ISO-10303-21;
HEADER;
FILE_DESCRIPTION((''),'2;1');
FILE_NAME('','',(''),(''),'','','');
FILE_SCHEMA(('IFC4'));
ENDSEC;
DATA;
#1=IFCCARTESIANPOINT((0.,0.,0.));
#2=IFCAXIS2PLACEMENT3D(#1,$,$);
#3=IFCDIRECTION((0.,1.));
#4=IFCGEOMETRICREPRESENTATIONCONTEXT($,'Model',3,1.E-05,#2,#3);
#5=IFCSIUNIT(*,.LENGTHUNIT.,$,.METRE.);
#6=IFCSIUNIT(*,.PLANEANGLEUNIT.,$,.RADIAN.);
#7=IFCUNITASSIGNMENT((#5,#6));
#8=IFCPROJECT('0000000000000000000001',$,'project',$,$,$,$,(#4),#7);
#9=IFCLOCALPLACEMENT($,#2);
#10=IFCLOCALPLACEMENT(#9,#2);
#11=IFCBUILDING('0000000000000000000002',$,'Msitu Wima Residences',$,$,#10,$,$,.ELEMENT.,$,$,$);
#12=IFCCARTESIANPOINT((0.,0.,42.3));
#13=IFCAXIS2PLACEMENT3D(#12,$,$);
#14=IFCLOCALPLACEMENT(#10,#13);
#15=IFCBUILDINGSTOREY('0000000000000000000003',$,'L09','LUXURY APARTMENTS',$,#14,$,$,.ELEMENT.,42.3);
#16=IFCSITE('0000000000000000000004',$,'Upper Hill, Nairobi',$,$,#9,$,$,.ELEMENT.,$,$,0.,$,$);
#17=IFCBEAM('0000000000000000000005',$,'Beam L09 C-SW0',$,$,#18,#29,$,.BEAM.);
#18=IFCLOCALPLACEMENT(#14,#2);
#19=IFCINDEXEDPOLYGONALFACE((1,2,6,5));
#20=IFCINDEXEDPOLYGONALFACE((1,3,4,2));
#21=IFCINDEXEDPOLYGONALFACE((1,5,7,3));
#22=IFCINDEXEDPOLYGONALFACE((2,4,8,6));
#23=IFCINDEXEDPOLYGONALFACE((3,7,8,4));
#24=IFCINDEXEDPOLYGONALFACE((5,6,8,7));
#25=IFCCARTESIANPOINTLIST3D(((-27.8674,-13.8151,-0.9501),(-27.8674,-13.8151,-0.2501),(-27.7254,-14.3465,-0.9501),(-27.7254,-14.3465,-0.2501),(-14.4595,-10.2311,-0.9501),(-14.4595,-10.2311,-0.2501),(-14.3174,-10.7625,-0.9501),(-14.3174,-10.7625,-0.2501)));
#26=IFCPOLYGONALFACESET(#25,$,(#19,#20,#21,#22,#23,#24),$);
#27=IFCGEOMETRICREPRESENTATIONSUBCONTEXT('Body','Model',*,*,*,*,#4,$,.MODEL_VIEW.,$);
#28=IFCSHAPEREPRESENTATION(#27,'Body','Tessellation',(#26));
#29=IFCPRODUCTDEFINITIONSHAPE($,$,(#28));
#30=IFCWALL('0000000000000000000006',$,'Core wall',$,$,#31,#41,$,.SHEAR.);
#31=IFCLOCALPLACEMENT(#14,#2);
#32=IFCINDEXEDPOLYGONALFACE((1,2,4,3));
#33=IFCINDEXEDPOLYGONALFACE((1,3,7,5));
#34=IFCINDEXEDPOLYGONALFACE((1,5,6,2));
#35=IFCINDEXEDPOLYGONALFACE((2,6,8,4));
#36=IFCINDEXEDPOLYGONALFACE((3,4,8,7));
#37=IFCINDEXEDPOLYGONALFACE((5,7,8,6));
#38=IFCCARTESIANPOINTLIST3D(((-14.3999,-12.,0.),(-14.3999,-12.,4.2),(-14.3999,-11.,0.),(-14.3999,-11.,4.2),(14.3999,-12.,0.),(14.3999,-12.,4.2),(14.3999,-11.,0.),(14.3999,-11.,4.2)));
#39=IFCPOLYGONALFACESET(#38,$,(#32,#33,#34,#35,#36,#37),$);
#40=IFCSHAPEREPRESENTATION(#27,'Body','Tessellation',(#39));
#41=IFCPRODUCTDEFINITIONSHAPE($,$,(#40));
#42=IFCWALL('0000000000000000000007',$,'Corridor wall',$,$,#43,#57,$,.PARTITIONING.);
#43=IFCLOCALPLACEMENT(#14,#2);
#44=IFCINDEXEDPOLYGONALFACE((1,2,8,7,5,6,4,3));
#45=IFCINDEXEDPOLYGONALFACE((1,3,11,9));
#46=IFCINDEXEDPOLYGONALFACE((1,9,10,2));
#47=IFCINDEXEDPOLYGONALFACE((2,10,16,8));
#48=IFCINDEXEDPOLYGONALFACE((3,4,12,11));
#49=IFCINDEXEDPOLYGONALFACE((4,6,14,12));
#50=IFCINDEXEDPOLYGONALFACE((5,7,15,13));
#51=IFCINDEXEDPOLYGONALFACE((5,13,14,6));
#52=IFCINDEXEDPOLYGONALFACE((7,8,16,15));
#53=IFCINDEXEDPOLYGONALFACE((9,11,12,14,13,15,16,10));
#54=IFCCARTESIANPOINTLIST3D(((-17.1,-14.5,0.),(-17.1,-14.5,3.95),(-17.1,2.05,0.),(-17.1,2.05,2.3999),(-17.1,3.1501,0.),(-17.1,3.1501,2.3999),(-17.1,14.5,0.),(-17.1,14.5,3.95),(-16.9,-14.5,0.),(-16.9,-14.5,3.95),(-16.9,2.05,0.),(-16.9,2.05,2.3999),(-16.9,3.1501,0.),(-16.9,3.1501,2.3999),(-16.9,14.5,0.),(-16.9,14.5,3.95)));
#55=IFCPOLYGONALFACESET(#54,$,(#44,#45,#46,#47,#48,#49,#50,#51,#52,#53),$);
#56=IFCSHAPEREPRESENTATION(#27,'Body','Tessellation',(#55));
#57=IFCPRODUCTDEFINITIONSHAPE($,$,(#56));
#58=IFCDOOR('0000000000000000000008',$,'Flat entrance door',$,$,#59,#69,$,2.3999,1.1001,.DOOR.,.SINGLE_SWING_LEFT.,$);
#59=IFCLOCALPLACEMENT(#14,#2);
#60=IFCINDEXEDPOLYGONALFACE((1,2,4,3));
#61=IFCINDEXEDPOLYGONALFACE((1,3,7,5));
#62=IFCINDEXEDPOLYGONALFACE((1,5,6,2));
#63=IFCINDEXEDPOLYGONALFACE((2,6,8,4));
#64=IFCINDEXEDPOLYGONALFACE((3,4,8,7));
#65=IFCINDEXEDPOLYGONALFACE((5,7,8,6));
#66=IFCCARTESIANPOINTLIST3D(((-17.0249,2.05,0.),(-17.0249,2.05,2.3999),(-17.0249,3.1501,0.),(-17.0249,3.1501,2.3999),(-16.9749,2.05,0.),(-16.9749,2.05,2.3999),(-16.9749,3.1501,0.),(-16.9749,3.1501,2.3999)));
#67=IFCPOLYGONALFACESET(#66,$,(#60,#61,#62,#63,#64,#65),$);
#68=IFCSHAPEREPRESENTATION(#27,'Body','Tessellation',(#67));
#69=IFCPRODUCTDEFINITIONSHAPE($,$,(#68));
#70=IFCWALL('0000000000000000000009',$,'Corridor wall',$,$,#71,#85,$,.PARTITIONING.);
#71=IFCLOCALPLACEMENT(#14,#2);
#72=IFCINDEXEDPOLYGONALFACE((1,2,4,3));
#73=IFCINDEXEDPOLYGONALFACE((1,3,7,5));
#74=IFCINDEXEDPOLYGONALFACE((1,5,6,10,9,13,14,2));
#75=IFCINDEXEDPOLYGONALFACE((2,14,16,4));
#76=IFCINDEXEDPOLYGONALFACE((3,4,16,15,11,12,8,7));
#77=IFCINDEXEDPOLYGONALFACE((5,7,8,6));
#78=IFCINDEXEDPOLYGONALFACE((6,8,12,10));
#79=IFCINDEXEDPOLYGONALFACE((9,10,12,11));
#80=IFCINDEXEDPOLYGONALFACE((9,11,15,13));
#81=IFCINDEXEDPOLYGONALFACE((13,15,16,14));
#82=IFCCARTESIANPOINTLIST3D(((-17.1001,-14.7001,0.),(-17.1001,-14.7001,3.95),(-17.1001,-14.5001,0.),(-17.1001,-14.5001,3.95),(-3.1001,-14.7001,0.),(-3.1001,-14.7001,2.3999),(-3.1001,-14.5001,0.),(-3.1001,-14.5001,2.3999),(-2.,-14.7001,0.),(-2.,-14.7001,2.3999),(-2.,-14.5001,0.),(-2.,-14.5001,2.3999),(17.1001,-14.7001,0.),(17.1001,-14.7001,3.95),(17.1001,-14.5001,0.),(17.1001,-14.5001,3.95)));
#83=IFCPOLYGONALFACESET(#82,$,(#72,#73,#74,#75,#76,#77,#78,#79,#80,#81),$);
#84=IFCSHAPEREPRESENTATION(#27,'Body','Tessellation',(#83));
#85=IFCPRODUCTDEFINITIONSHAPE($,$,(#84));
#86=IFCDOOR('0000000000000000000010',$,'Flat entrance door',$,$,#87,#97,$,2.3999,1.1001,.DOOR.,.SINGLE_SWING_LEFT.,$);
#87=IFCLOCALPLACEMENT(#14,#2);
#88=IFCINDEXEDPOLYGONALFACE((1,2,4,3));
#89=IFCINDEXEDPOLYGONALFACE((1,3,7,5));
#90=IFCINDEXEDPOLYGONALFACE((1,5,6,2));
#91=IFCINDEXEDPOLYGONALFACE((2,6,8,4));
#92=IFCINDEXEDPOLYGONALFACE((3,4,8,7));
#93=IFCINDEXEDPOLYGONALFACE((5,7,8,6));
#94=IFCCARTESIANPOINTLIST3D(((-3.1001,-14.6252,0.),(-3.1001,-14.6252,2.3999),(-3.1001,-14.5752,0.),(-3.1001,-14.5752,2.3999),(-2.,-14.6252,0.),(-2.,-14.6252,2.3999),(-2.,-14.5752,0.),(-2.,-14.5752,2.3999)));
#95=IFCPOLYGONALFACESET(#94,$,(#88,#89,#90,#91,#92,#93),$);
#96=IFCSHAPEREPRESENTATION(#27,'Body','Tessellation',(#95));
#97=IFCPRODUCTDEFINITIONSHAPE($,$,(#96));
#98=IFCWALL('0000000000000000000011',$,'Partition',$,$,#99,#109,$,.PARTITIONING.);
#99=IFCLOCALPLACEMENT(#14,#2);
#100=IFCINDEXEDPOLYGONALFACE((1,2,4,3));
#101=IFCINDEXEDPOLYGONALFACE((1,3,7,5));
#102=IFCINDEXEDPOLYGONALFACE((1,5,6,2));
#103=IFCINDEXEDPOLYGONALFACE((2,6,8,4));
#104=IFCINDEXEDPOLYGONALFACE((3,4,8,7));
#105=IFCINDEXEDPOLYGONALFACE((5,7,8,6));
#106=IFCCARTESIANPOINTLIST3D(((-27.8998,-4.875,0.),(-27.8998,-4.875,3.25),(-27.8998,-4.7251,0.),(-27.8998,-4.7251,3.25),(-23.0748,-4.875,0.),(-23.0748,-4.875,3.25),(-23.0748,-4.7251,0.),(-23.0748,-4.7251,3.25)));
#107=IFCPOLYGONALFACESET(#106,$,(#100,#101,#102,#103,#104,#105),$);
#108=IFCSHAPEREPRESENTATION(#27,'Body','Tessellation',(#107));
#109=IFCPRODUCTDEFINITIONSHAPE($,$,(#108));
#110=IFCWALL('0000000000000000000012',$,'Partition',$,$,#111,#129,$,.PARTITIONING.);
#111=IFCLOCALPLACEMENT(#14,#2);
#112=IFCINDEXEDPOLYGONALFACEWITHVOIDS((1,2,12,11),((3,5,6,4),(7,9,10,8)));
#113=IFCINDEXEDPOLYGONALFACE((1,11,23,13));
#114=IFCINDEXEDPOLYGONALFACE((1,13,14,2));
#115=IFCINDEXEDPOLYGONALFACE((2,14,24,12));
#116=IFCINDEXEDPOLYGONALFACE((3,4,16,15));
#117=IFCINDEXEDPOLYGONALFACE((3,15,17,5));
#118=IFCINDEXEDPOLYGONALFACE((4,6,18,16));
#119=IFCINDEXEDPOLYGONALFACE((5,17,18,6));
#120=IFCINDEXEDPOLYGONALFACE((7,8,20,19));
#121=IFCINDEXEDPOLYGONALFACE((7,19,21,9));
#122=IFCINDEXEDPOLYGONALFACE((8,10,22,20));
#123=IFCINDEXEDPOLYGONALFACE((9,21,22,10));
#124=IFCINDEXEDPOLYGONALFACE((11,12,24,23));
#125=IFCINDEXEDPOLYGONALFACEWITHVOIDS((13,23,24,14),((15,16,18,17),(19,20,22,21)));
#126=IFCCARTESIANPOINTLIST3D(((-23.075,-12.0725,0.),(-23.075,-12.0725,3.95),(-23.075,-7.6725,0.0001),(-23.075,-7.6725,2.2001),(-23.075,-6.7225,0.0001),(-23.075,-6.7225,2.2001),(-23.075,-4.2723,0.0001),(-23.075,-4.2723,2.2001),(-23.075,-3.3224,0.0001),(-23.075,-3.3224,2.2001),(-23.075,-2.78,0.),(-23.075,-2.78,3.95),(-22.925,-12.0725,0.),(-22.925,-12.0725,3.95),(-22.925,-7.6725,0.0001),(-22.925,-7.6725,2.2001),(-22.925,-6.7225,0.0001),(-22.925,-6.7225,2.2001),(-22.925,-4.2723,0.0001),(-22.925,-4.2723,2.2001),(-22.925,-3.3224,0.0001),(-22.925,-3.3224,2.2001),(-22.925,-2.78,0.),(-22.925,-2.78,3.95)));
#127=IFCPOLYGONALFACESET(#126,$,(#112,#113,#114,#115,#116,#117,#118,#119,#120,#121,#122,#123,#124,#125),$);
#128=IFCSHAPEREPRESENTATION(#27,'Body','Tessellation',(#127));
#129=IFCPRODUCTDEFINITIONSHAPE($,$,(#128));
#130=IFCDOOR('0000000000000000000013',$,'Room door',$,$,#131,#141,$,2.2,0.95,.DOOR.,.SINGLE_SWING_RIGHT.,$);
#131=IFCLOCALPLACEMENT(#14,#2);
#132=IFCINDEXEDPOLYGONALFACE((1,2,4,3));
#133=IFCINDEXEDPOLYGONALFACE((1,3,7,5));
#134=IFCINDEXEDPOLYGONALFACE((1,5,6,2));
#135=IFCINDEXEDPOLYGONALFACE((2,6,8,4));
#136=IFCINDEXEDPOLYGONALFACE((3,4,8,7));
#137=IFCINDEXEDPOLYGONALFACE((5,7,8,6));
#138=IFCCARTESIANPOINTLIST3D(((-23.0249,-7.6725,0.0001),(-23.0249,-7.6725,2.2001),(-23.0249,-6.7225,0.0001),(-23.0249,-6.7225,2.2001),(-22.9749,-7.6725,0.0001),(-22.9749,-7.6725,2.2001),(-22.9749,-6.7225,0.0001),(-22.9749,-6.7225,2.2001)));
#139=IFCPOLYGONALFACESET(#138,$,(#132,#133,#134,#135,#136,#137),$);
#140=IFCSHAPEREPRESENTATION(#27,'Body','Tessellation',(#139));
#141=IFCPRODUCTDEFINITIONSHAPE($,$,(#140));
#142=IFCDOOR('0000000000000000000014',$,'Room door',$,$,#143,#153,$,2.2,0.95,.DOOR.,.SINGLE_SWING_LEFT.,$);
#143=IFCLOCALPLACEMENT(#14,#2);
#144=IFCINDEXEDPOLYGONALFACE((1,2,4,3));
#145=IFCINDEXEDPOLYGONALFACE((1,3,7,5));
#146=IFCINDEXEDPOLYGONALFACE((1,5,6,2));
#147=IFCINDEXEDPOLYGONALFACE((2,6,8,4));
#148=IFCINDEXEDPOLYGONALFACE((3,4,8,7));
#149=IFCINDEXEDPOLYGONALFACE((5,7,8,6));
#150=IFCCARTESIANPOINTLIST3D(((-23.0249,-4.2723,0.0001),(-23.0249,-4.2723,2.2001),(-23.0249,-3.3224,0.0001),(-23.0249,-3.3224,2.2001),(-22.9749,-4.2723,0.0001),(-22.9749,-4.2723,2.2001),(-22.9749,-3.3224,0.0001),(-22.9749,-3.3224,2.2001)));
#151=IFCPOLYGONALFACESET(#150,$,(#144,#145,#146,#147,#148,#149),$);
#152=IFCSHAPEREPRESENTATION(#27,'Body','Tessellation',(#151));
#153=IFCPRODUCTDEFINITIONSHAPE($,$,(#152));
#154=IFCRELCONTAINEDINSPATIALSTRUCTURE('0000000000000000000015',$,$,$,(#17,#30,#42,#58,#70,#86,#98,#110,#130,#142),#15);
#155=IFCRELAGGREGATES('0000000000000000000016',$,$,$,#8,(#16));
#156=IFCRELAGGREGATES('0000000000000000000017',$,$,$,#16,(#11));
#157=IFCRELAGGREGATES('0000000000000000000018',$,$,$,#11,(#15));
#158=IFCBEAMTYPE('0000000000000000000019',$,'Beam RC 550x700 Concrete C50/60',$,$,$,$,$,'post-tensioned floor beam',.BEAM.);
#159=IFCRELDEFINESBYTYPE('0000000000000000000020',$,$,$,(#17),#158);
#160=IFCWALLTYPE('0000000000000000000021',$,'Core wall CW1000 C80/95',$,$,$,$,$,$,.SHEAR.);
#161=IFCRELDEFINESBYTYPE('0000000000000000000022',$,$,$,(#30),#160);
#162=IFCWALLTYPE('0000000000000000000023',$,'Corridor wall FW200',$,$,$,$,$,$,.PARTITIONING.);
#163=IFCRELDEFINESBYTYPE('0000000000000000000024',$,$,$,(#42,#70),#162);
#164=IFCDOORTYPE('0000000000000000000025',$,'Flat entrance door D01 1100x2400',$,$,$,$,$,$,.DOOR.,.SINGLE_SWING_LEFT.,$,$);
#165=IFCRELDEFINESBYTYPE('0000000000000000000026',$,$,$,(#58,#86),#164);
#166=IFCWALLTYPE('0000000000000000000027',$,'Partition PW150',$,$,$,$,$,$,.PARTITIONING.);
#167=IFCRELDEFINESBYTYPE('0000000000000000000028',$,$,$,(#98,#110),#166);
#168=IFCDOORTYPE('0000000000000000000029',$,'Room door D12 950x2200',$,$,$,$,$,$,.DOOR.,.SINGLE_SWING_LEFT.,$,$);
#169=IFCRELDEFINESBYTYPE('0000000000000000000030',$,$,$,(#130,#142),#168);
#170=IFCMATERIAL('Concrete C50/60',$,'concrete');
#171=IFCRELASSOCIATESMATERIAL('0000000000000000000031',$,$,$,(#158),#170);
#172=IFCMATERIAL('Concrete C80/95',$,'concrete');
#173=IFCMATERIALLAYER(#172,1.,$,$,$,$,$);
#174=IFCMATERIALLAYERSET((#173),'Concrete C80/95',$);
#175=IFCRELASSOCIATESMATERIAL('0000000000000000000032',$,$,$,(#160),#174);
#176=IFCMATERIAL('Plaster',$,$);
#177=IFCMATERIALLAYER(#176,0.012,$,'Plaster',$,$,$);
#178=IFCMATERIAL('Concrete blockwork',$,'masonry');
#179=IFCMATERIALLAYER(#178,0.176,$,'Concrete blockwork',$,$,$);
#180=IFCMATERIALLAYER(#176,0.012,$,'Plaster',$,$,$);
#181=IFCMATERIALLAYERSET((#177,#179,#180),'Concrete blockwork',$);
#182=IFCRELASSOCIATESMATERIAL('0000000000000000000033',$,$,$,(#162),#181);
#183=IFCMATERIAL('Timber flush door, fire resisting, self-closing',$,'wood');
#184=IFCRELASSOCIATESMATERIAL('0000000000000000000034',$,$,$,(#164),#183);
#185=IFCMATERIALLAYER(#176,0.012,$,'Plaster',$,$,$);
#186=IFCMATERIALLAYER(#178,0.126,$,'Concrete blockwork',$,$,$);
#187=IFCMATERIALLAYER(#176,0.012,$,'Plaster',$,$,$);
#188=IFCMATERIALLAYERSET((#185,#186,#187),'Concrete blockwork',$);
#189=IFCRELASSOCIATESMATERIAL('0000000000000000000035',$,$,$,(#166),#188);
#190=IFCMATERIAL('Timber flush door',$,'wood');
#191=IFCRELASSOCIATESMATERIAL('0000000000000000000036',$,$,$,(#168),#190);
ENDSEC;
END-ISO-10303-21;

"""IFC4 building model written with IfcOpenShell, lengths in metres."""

from ifc_helpers import new_model, si_unit, direction, frame, frame_2d, origin, origin_2d, place, context, subcontext, project, spatial, rectangle, extrude, material, layer, layer_set, material_profile, profile_set, type_object, element, fill, save


model = new_model("IFC4")

# Units and contexts
model_context = context("Model", 3, precision=1e-05, world=origin(), true_north=direction((0.0, 1.0)))
body_context = subcontext(model_context, "Body", "Model", "MODEL_VIEW")
ifc_project = project(units=[si_unit("LENGTHUNIT", "METRE"), si_unit("PLANEANGLEUNIT", "RADIAN")], contexts=[model_context])

# Site, building, storey
site_placement = place(None, origin())
site = spatial("IfcSite", under=ifc_project, at=site_placement, Name="Upper Hill, Nairobi", CompositionType="ELEMENT", RefElevation=0.0)
building_placement = place(site_placement, origin())
building = spatial("IfcBuilding", under=site, at=building_placement, Name="Msitu Wima Residences", CompositionType="ELEMENT")
storey_placement = place(building_placement, frame((0.0, 0.0, 42.3)))
storey = spatial("IfcBuildingStorey", under=building, at=storey_placement, Name="L09", Description="LUXURY APARTMENTS", CompositionType="ELEMENT", Elevation=42.3)

# Beam
ifc_material_1 = material(Name="Concrete C50/60", Category="concrete")
ifc_material_profile = material_profile(ifc_material_1, rectangle(XDim=0.55, YDim=0.7, at=origin_2d()), Name="RC 550x700")
ifc_profile_set = profile_set([ifc_material_profile], Name="Concrete C50/60")
beam_type = type_object("IfcBeamType", Name="Beam RC 550x700 Concrete C50/60", ElementType="post-tensioned floor beam", PredefinedType="BEAM", material=ifc_profile_set)
beam_placement = place(storey_placement, frame((-27.7964, -14.0808, -0.6001), z_axis=(0.966082, 0.258236, 0.0), x_axis=(-0.258236, 0.966082, 0.0)))
element("IfcBeam", 1, at=beam_placement, inside=storey, type_object=beam_type, Name="Beam L09 C-SW0", PredefinedType="BEAM", context=body_context, shape_type="SweptSolid", body=[
    extrude(rectangle(XDim=0.55, YDim=0.7, at=origin_2d()), origin(), (0.0, 0.0, 1.0), 13.8787),
])

# Wall
ifc_material_2 = material(Name="Concrete C80/95", Category="concrete")
ifc_layer_1 = layer(ifc_material_2, 1.0)
ifc_layer_set_1 = layer_set([ifc_layer_1], Name="Concrete C80/95")
wall_type_1 = type_object("IfcWallType", Name="Core wall CW1000 C80/95", PredefinedType="SHEAR", material=ifc_layer_set_1)
wall_1_placement = place(storey_placement, frame((-14.3999, -11.5, 0.0), z_axis=(0.0, 0.0, 1.0), x_axis=(1.0, 0.0, 0.0)))
element("IfcWall", 2, at=wall_1_placement, inside=storey, type_object=wall_type_1, Name="Core wall", PredefinedType="SHEAR", context=body_context, shape_type="SweptSolid", body=[
    extrude(rectangle(XDim=28.7998, YDim=1.0, at=frame_2d((14.3999, 0.0))), origin(), (0.0, 0.0, 1.0), 4.2),
])

# Walls, openings, doors
ifc_material_3 = material(Name="Plaster")
ifc_layer_2 = layer(ifc_material_3, 0.012, Name="Plaster")
ifc_material_4 = material(Name="Concrete blockwork", Category="masonry")
ifc_layer_3 = layer(ifc_material_4, 0.176, Name="Concrete blockwork")
ifc_layer_4 = layer(ifc_material_3, 0.012, Name="Plaster")
ifc_layer_set_2 = layer_set([ifc_layer_2, ifc_layer_3, ifc_layer_4], Name="Concrete blockwork")
wall_type_2 = type_object("IfcWallType", Name="Corridor wall FW200", PredefinedType="PARTITIONING", material=ifc_layer_set_2)
wall_2_placement = place(storey_placement, frame((-17.0, -14.5, 0.0), z_axis=(0.0, 0.0, 1.0), x_axis=(0.0, 1.0, 0.0)))
wall_2 = element("IfcWall", 3, at=wall_2_placement, inside=storey, type_object=wall_type_2, Name="Corridor wall", PredefinedType="PARTITIONING", context=body_context, shape_type="SweptSolid", body=[
    extrude(rectangle(XDim=29.0, YDim=0.2, at=frame_2d((14.5, 0.0))), origin(), (0.0, 0.0, 1.0), 3.95),
])
opening_1_placement = place(wall_2_placement, frame((16.55, 0.0, 0.0)))
opening_1 = element("IfcOpeningElement", 4, at=opening_1_placement, cuts=wall_2, PredefinedType="OPENING", context=body_context, shape_type="SweptSolid", body=[
    extrude(rectangle(XDim=1.1001, YDim=2.3999, at=frame_2d((0.55, 1.2))), frame((0.0, 0.1099, 0.0), z_axis=(0.0, -1.0, 0.0), x_axis=(1.0, 0.0, 0.0)), (0.0, 0.0, 1.0), 0.22),
])
ifc_material_5 = material(Name="Timber flush door, fire resisting, self-closing", Category="wood")
door_type_1 = type_object("IfcDoorType", Name="Flat entrance door D01 1100x2400", OperationType="SINGLE_SWING_LEFT", PredefinedType="DOOR", material=ifc_material_5)
door_1_placement = place(opening_1_placement, origin())
door_1 = element("IfcDoor", 5, at=door_1_placement, inside=storey, type_object=door_type_1, Name="Flat entrance door", OperationType="SINGLE_SWING_LEFT", OverallHeight=2.3999, OverallWidth=1.1001, PredefinedType="DOOR", context=body_context, shape_type="SweptSolid", body=[
    extrude(rectangle(XDim=1.1001, YDim=2.3999, at=frame_2d((0.55, 1.2))), frame((0.0, 0.0249, 0.0), z_axis=(0.0, -1.0, 0.0), x_axis=(1.0, 0.0, 0.0)), (0.0, 0.0, 1.0), 0.05),
])
fill(opening_1, door_1)
wall_3_placement = place(storey_placement, frame((-17.1001, -14.6001, 0.0), z_axis=(0.0, 0.0, 1.0), x_axis=(1.0, 0.0, 0.0)))
wall_3 = element("IfcWall", 6, at=wall_3_placement, inside=storey, type_object=wall_type_2, Name="Corridor wall", PredefinedType="PARTITIONING", context=body_context, shape_type="SweptSolid", body=[
    extrude(rectangle(XDim=34.2002, YDim=0.2, at=frame_2d((17.1001, 0.0))), origin(), (0.0, 0.0, 1.0), 3.95),
])
opening_2_placement = place(wall_3_placement, frame((14.0, 0.0, 0.0)))
opening_2 = element("IfcOpeningElement", 7, at=opening_2_placement, cuts=wall_3, PredefinedType="OPENING", context=body_context, shape_type="SweptSolid", body=[
    extrude(rectangle(XDim=1.1001, YDim=2.3999, at=frame_2d((0.55, 1.2))), frame((0.0, 0.1099, 0.0), z_axis=(0.0, -1.0, 0.0), x_axis=(1.0, 0.0, 0.0)), (0.0, 0.0, 1.0), 0.22),
])
door_2_placement = place(opening_2_placement, origin())
door_2 = element("IfcDoor", 8, at=door_2_placement, inside=storey, type_object=door_type_1, Name="Flat entrance door", OperationType="SINGLE_SWING_LEFT", OverallHeight=2.3999, OverallWidth=1.1001, PredefinedType="DOOR", context=body_context, shape_type="SweptSolid", body=[
    extrude(rectangle(XDim=1.1001, YDim=2.3999, at=frame_2d((0.55, 1.2))), frame((0.0, 0.0249, 0.0), z_axis=(0.0, -1.0, 0.0), x_axis=(1.0, 0.0, 0.0)), (0.0, 0.0, 1.0), 0.05),
])
fill(opening_2, door_2)

# Wall
ifc_layer_5 = layer(ifc_material_3, 0.012, Name="Plaster")
ifc_layer_6 = layer(ifc_material_4, 0.126, Name="Concrete blockwork")
ifc_layer_7 = layer(ifc_material_3, 0.012, Name="Plaster")
ifc_layer_set_3 = layer_set([ifc_layer_5, ifc_layer_6, ifc_layer_7], Name="Concrete blockwork")
wall_type_3 = type_object("IfcWallType", Name="Partition PW150", PredefinedType="PARTITIONING", material=ifc_layer_set_3)
wall_4_placement = place(storey_placement, frame((-27.8999, -4.8, 0.0), z_axis=(0.0, 0.0, 1.0), x_axis=(1.0, 0.0, 0.0)))
element("IfcWall", 9, at=wall_4_placement, inside=storey, type_object=wall_type_3, Name="Partition", PredefinedType="PARTITIONING", context=body_context, shape_type="SweptSolid", body=[
    extrude(rectangle(XDim=4.825, YDim=0.1499, at=frame_2d((2.4126, 0.0))), origin(), (0.0, 0.0, 1.0), 3.25),
])

# Wall, openings, doors
wall_5_placement = place(storey_placement, frame((-23.0, -12.0725, 0.0), z_axis=(0.0, 0.0, 1.0), x_axis=(0.0, 1.0, 0.0)))
wall_5 = element("IfcWall", 10, at=wall_5_placement, inside=storey, type_object=wall_type_3, Name="Partition", PredefinedType="PARTITIONING", context=body_context, shape_type="SweptSolid", body=[
    extrude(rectangle(XDim=9.2925, YDim=0.1499, at=frame_2d((4.6462, 0.0))), origin(), (0.0, 0.0, 1.0), 3.95),
])
opening_3_placement = place(wall_5_placement, frame((4.3999, 0.0, 0.0)))
opening_3 = element("IfcOpeningElement", 11, at=opening_3_placement, cuts=wall_5, PredefinedType="OPENING", context=body_context, shape_type="SweptSolid", body=[
    extrude(rectangle(XDim=0.95, YDim=2.2, at=frame_2d((0.4751, 1.1001))), frame((0.0, 0.085, 0.0), z_axis=(0.0, -1.0, 0.0), x_axis=(1.0, 0.0, 0.0)), (0.0, 0.0, 1.0), 0.1699),
])
opening_4_placement = place(wall_5_placement, frame((7.8, 0.0, 0.0)))
opening_4 = element("IfcOpeningElement", 12, at=opening_4_placement, cuts=wall_5, PredefinedType="OPENING", context=body_context, shape_type="SweptSolid", body=[
    extrude(rectangle(XDim=0.95, YDim=2.2, at=frame_2d((0.4751, 1.1001))), frame((0.0, 0.085, 0.0), z_axis=(0.0, -1.0, 0.0), x_axis=(1.0, 0.0, 0.0)), (0.0, 0.0, 1.0), 0.1699),
])
ifc_material_6 = material(Name="Timber flush door", Category="wood")
door_type_2 = type_object("IfcDoorType", Name="Room door D12 950x2200", OperationType="SINGLE_SWING_LEFT", PredefinedType="DOOR", material=ifc_material_6)
door_3_placement = place(opening_3_placement, origin())
door_3 = element("IfcDoor", 13, at=door_3_placement, inside=storey, type_object=door_type_2, Name="Room door", OperationType="SINGLE_SWING_RIGHT", OverallHeight=2.2, OverallWidth=0.95, PredefinedType="DOOR", context=body_context, shape_type="SweptSolid", body=[
    extrude(rectangle(XDim=0.95, YDim=2.2, at=frame_2d((0.4751, 1.1001))), frame((0.0, 0.0249, 0.0), z_axis=(0.0, -1.0, 0.0), x_axis=(1.0, 0.0, 0.0)), (0.0, 0.0, 1.0), 0.05),
])
fill(opening_3, door_3)
door_4_placement = place(opening_4_placement, origin())
door_4 = element("IfcDoor", 14, at=door_4_placement, inside=storey, type_object=door_type_2, Name="Room door", OperationType="SINGLE_SWING_LEFT", OverallHeight=2.2, OverallWidth=0.95, PredefinedType="DOOR", context=body_context, shape_type="SweptSolid", body=[
    extrude(rectangle(XDim=0.95, YDim=2.2, at=frame_2d((0.4751, 1.1001))), frame((0.0, 0.0249, 0.0), z_axis=(0.0, -1.0, 0.0), x_axis=(1.0, 0.0, 0.0)), (0.0, 0.0, 1.0), 0.05),
])
fill(opening_4, door_4)

save(model, "model.ifc")
